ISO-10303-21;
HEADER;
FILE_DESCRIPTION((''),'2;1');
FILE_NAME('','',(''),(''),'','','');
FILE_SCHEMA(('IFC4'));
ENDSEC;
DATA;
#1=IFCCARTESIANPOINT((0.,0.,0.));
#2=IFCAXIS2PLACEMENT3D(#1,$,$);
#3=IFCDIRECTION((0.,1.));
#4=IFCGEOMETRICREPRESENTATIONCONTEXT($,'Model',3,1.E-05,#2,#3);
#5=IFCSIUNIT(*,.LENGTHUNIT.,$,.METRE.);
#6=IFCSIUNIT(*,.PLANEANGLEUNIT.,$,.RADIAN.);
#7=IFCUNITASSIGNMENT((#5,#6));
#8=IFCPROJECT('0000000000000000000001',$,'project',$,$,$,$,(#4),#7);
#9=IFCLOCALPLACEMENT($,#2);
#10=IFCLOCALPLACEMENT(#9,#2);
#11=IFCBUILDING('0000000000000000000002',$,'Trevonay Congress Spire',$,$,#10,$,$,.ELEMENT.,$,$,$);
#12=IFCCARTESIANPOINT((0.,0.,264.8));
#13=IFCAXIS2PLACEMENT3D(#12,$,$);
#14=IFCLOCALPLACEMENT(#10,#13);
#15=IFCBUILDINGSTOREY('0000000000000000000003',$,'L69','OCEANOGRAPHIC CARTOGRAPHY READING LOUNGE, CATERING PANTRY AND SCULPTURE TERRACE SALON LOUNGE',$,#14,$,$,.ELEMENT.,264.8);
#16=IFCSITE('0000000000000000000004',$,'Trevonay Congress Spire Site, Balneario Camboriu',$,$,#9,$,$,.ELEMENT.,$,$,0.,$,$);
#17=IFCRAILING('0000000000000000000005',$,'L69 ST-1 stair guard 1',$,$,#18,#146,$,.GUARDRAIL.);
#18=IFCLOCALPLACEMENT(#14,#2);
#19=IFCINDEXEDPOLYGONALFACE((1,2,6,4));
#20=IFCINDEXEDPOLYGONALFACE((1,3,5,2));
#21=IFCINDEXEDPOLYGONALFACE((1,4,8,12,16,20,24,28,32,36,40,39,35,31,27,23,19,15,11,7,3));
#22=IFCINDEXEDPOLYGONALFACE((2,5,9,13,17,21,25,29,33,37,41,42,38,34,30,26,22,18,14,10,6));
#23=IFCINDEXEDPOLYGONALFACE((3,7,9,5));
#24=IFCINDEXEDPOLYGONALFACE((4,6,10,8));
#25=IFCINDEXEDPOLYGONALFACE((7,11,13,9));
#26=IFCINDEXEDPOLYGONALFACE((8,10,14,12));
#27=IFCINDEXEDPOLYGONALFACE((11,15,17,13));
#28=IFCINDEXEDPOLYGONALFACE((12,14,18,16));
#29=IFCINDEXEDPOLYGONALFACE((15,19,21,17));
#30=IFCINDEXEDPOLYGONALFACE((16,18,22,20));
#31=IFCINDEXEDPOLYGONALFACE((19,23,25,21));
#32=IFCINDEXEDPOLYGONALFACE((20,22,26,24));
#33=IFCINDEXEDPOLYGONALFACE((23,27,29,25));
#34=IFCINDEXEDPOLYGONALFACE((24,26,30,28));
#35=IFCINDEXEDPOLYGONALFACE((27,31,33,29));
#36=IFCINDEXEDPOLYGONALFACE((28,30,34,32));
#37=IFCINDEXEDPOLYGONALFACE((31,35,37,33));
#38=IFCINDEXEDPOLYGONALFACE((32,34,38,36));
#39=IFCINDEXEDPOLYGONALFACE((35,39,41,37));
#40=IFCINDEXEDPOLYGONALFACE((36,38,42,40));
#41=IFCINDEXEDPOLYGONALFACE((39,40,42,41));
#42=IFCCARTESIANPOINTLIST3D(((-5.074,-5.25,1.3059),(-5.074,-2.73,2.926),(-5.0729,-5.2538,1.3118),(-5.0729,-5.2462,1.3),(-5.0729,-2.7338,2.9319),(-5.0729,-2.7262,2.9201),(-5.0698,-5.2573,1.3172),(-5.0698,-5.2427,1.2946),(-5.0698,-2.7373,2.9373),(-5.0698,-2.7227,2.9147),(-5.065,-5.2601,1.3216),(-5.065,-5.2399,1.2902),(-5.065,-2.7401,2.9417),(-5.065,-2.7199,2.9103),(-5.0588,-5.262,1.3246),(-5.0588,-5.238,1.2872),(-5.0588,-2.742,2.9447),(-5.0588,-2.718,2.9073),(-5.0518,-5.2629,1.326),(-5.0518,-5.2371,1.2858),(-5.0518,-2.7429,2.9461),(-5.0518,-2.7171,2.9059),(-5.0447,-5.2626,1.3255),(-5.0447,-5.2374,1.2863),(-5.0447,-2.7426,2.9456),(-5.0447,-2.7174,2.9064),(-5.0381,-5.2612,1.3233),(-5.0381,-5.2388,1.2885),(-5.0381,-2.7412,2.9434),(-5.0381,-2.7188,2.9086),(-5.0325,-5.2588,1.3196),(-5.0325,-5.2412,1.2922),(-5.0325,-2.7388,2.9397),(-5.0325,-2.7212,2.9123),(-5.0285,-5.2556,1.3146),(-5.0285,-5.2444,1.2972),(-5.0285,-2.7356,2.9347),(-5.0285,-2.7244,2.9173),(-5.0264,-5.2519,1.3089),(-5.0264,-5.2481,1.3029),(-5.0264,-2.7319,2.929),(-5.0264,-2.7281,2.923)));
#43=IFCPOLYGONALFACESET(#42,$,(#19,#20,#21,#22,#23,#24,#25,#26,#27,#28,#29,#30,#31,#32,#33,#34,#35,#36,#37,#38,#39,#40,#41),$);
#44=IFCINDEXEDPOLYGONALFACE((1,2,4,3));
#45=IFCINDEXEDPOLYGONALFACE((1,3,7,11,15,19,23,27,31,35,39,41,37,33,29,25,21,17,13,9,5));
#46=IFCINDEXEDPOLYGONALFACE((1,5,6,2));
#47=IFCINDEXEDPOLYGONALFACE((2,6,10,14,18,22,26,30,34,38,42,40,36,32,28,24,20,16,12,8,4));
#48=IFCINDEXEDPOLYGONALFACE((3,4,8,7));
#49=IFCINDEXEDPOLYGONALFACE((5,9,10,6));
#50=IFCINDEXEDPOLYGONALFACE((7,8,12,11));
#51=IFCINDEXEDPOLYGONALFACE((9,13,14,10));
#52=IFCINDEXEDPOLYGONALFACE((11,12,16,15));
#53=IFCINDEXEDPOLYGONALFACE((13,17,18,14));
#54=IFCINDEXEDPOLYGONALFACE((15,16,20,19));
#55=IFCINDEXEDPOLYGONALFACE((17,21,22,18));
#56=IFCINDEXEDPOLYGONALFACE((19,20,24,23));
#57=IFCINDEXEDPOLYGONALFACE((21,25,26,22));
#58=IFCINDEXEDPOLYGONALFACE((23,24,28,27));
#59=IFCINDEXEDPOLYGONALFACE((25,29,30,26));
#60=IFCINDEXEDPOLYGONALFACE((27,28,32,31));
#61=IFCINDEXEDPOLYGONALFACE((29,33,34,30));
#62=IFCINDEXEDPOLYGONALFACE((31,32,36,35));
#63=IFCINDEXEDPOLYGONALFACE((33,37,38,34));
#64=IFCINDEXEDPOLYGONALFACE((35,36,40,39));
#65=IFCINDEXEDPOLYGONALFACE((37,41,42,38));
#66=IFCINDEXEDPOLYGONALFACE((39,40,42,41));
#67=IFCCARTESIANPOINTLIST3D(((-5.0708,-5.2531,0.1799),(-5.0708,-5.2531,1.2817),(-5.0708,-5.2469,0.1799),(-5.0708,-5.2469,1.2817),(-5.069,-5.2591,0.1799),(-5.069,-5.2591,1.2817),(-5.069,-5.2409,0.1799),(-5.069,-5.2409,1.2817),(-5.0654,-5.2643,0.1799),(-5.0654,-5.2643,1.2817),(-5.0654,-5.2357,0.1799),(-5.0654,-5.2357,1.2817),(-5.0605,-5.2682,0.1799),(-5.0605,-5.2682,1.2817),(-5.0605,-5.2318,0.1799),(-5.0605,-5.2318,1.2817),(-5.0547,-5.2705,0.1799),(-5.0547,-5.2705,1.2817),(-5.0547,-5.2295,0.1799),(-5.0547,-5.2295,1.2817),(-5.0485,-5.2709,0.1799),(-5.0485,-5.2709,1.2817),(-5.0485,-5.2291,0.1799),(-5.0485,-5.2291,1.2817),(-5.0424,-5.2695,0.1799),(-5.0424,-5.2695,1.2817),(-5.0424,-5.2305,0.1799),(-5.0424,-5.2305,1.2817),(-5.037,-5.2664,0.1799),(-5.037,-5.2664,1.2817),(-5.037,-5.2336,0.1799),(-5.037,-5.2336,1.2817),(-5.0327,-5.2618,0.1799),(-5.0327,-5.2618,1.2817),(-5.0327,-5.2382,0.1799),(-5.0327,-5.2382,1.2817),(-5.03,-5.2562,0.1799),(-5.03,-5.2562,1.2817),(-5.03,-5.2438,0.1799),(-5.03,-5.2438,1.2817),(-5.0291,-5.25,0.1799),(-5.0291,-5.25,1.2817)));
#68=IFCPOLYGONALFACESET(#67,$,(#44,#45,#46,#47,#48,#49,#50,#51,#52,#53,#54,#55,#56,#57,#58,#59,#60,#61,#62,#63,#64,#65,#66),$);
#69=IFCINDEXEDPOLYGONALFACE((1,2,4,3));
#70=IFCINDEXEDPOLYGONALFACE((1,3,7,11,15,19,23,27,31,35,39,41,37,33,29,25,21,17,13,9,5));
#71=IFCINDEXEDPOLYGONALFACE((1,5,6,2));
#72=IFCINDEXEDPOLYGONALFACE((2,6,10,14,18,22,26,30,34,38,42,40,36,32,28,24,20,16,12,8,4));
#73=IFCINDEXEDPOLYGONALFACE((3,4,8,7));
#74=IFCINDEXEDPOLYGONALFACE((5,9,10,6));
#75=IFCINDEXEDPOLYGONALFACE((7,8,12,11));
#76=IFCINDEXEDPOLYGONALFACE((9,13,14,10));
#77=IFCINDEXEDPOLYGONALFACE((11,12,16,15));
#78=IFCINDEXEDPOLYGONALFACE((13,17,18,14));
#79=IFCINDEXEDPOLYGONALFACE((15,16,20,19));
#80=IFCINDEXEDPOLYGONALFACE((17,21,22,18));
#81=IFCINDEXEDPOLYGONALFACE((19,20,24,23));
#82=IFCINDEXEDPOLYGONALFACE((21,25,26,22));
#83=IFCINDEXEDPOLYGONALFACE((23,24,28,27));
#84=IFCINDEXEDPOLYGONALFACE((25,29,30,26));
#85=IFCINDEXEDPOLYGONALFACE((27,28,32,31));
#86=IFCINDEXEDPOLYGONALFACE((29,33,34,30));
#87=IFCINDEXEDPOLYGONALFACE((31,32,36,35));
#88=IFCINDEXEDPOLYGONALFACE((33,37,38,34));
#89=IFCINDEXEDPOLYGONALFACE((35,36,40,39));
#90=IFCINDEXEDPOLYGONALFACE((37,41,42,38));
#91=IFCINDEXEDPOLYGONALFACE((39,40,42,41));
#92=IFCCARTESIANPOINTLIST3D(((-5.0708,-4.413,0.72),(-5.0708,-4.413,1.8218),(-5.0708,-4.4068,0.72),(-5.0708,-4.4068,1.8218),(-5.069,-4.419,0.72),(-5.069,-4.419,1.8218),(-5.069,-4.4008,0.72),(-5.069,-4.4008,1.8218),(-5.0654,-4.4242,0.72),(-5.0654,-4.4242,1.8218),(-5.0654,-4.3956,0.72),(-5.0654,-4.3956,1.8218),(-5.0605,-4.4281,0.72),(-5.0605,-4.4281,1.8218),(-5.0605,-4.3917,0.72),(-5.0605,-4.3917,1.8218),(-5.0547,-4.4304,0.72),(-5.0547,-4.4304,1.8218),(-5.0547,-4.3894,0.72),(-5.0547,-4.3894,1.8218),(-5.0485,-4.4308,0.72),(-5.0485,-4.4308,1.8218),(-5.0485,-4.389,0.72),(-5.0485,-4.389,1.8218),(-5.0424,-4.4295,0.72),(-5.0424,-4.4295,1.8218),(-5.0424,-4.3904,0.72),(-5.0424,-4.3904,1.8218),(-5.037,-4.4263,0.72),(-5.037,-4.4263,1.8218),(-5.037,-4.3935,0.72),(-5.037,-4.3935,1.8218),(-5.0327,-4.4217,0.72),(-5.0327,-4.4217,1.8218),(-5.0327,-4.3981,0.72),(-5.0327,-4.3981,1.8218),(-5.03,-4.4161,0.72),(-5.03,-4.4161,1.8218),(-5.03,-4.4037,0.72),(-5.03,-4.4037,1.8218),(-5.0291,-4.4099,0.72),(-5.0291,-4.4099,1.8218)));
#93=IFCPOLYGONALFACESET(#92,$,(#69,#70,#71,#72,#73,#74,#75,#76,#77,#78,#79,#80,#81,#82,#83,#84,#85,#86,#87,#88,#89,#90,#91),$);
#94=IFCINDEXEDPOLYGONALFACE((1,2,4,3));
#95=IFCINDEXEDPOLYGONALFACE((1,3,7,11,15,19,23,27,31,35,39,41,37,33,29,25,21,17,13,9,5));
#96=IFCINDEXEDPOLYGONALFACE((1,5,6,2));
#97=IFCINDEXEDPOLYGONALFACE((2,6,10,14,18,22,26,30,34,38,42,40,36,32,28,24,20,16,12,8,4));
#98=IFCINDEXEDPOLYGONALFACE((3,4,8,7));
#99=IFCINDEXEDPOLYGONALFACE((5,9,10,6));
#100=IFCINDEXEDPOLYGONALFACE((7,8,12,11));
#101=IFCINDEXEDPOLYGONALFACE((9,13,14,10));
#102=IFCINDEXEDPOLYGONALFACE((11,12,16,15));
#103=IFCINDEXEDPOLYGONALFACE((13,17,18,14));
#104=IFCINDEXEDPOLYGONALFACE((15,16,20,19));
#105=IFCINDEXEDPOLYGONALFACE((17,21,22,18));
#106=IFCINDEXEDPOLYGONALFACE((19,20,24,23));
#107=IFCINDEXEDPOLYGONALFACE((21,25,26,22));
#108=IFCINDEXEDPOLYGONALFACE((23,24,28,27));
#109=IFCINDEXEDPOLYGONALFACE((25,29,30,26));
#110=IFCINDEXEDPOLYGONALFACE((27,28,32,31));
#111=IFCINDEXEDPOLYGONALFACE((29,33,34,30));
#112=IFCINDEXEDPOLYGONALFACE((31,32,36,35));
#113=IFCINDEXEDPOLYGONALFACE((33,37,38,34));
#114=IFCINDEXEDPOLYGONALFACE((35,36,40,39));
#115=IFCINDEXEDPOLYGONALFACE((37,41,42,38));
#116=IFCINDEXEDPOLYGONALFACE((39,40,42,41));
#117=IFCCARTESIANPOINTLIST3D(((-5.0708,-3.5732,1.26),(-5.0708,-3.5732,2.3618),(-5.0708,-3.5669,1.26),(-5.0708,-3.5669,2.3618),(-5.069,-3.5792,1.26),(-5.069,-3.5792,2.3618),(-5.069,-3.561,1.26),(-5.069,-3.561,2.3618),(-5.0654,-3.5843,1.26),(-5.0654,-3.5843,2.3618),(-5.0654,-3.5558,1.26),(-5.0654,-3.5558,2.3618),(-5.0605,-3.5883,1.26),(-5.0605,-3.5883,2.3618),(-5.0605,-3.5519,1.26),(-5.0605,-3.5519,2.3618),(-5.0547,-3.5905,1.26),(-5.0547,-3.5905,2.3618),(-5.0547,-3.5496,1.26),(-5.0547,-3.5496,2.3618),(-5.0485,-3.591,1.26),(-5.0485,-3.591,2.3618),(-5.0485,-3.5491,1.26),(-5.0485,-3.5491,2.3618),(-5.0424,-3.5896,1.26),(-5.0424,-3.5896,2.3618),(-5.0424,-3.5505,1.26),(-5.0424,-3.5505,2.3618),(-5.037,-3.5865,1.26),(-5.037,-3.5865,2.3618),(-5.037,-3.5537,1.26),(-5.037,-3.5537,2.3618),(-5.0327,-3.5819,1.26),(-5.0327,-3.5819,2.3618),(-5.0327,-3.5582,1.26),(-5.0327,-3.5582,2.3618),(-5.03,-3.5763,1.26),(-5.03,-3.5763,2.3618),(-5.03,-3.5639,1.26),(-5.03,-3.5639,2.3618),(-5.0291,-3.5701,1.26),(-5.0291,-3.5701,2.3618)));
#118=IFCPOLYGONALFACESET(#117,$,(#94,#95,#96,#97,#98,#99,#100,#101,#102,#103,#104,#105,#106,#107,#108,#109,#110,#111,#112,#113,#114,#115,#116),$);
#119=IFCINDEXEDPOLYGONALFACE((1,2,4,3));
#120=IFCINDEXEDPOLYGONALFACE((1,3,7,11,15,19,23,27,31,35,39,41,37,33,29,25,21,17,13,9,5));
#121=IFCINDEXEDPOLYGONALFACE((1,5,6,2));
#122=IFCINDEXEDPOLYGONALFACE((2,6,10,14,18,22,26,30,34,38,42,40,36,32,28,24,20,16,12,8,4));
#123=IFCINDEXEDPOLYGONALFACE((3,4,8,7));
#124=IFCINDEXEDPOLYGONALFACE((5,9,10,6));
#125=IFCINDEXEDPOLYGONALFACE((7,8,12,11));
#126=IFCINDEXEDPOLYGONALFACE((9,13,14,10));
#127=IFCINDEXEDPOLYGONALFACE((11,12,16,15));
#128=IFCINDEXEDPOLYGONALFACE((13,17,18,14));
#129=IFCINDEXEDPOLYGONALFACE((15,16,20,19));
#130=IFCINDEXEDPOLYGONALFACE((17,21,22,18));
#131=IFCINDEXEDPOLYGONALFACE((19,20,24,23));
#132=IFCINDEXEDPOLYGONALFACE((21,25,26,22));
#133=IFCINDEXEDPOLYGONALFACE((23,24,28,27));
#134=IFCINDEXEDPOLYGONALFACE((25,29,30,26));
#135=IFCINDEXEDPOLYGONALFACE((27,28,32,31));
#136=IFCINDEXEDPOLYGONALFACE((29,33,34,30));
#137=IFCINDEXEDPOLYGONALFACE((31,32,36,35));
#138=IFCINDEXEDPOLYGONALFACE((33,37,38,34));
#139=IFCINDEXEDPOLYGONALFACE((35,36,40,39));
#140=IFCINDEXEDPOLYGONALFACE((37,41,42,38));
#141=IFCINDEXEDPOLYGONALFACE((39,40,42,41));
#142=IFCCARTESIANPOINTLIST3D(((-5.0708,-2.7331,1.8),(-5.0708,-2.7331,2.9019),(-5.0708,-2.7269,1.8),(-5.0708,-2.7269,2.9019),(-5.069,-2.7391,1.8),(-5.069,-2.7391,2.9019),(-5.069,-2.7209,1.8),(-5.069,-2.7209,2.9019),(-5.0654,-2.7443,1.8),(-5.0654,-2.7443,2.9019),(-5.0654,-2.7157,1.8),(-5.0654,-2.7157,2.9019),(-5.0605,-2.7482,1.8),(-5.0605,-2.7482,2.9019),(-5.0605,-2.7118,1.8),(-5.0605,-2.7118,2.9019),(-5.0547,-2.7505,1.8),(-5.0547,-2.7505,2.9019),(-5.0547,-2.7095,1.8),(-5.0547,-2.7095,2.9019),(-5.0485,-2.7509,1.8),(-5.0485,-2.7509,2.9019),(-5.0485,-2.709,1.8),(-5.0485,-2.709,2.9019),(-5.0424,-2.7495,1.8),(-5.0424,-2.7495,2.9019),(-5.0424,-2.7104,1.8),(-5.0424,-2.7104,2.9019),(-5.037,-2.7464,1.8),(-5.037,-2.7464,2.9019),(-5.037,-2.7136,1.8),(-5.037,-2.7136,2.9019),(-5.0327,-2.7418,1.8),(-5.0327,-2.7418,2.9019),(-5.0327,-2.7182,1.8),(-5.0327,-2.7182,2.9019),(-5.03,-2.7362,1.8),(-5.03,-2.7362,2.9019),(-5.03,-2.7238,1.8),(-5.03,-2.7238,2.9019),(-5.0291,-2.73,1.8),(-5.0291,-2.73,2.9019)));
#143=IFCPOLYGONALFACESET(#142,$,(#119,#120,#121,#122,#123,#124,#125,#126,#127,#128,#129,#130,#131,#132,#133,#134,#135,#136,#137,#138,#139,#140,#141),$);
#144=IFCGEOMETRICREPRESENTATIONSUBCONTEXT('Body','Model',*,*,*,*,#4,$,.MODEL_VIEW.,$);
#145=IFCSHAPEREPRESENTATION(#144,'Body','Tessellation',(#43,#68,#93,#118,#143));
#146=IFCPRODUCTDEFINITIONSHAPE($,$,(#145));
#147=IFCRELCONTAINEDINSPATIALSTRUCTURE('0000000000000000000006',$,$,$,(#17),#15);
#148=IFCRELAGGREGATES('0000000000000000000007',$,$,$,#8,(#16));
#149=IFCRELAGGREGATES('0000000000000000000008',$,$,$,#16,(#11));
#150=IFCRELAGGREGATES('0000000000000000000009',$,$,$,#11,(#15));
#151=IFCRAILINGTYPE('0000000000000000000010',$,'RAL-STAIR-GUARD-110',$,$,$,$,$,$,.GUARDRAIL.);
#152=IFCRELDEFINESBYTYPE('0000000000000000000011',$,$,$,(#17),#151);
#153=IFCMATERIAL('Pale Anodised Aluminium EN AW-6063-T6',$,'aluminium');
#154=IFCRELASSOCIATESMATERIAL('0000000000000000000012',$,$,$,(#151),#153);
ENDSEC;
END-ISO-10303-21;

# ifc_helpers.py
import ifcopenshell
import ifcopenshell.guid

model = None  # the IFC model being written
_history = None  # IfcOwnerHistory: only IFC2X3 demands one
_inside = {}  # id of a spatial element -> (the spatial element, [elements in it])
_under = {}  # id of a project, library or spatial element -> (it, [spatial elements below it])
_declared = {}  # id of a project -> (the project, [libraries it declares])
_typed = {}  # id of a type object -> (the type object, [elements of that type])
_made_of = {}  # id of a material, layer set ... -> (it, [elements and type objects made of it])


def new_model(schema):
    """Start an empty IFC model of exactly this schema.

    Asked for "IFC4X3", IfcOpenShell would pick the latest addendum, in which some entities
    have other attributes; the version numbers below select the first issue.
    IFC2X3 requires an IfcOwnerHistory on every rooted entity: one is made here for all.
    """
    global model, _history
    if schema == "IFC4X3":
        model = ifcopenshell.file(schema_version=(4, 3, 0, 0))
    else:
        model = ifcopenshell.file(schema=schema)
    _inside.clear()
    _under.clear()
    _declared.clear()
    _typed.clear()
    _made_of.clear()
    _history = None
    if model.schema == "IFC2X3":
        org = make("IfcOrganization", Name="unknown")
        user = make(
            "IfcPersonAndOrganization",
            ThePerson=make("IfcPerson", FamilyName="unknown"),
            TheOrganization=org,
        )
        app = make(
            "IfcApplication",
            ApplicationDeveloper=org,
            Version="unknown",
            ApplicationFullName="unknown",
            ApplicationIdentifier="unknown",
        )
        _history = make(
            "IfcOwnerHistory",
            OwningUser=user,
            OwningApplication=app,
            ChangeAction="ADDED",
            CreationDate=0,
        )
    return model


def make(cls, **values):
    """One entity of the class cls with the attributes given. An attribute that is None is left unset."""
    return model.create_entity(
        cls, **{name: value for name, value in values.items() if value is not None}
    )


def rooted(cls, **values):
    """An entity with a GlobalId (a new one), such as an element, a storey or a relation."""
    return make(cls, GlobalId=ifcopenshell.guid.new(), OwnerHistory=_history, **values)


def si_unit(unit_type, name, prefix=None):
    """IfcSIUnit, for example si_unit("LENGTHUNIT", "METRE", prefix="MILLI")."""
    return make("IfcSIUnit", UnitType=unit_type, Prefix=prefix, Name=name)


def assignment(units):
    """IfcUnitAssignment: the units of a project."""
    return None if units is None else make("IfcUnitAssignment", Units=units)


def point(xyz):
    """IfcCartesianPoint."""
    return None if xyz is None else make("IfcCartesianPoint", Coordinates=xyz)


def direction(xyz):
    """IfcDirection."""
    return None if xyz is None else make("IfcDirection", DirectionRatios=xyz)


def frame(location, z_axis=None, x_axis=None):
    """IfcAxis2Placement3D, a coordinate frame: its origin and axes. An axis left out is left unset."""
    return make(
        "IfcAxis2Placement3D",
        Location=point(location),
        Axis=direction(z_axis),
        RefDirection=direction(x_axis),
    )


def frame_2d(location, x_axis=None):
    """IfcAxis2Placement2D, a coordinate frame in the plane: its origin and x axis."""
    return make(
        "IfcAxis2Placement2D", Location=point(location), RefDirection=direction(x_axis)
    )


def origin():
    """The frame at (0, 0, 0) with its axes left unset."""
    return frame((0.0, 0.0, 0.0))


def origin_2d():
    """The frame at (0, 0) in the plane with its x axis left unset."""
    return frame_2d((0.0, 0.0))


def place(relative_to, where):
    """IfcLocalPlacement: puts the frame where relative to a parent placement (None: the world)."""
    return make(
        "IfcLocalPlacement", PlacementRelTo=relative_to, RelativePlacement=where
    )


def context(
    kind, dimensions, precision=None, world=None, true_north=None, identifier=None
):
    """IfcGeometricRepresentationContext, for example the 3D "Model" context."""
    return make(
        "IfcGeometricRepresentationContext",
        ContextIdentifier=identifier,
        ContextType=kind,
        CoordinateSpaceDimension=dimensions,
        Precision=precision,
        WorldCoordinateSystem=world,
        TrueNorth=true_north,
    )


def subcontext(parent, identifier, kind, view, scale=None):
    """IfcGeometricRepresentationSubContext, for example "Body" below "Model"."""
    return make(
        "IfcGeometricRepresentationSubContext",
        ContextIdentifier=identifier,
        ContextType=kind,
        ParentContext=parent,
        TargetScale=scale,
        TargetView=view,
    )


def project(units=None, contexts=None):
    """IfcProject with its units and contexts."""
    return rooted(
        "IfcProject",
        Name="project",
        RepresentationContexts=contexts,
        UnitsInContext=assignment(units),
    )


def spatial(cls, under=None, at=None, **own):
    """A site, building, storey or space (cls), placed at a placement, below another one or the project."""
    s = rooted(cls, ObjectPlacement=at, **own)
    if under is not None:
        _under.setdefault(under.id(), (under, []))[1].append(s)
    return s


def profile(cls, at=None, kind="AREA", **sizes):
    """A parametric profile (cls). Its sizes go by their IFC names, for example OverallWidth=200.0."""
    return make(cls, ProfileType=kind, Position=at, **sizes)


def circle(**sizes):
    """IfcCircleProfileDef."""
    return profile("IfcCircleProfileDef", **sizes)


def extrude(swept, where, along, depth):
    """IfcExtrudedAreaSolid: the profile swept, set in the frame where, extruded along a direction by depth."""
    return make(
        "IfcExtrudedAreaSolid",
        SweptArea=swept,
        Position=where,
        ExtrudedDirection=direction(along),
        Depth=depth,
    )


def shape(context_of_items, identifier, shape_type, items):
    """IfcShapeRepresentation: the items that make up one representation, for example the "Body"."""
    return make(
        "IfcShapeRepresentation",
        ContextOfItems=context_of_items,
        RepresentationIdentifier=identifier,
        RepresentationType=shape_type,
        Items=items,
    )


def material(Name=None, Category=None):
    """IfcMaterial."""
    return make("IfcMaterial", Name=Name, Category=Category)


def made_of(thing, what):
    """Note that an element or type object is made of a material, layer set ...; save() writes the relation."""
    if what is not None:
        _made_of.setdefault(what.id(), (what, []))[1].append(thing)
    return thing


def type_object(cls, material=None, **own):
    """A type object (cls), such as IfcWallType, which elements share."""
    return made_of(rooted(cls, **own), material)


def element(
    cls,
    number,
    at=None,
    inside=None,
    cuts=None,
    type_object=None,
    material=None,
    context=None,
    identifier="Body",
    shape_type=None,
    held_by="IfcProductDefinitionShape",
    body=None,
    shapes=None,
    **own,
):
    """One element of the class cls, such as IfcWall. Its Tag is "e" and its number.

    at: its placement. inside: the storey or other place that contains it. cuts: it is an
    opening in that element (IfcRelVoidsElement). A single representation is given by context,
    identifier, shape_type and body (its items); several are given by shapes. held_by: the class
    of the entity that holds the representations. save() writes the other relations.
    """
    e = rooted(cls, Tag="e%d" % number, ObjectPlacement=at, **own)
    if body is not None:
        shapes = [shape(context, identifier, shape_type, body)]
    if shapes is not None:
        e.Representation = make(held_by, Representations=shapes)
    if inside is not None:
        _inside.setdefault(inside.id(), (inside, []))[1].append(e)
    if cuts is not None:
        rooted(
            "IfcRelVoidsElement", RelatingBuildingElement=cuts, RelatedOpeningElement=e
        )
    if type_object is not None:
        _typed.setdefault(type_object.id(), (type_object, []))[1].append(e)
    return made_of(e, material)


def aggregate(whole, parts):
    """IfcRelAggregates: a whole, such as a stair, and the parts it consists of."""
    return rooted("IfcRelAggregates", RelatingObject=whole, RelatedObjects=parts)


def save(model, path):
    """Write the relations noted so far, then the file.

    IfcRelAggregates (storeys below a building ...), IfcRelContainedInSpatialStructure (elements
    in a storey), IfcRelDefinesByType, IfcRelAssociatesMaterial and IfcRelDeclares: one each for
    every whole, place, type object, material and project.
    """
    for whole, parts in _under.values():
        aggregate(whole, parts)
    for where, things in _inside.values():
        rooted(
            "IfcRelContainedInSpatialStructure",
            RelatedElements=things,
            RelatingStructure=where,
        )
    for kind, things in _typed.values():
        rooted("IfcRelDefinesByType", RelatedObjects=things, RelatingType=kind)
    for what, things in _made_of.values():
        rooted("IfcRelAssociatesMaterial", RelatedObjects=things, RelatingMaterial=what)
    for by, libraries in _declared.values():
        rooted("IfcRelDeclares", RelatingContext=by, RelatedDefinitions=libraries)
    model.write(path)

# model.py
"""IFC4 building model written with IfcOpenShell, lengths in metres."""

from ifc_helpers import new_model, si_unit, direction, frame, origin, origin_2d, place, context, subcontext, project, spatial, circle, extrude, material, type_object, element, save


model = new_model("IFC4")

# Units and contexts
model_context = context("Model", 3, precision=1e-05, world=origin(), true_north=direction((0.0, 1.0)))
body_context = subcontext(model_context, "Body", "Model", "MODEL_VIEW")
ifc_project = project(units=[si_unit("LENGTHUNIT", "METRE"), si_unit("PLANEANGLEUNIT", "RADIAN")], contexts=[model_context])

# Site, building, storey
site_placement = place(None, origin())
site = spatial("IfcSite", under=ifc_project, at=site_placement, Name="Trevonay Congress Spire Site, Balneario Camboriu", CompositionType="ELEMENT", RefElevation=0.0)
building_placement = place(site_placement, origin())
building = spatial("IfcBuilding", under=site, at=building_placement, Name="Trevonay Congress Spire", CompositionType="ELEMENT")
storey_placement = place(building_placement, frame((0.0, 0.0, 264.8)))
storey = spatial("IfcBuildingStorey", under=building, at=storey_placement, Name="L69", Description="OCEANOGRAPHIC CARTOGRAPHY READING LOUNGE, CATERING PANTRY AND SCULPTURE TERRACE SALON LOUNGE", CompositionType="ELEMENT", Elevation=264.8)

# Railing
ifc_material_1 = material(Name="Pale Anodised Aluminium EN AW-6063-T6", Category="aluminium")
railing_type_1 = type_object("IfcRailingType", Name="RAL-STAIR-GUARD-110", PredefinedType="GUARDRAIL", material=ifc_material_1)
railing_1_placement = place(storey_placement, frame((-5.05, -5.25, 0.1799)))
element("IfcRailing", 1, at=railing_1_placement, inside=storey, type_object=railing_type_1, Name="L69 ST-1 stair guard 1", PredefinedType="GUARDRAIL", context=body_context, shape_type="SweptSolid", body=[
    extrude(circle(Radius=0.0239, at=origin_2d()), frame((0.0, 0.0, 1.126), z_axis=(0.0, 0.841163, 0.540782), x_axis=(-1.0, 0.0, 0.0)), (0.0, 0.0, 1.0), 2.9958),
    extrude(circle(Radius=0.021, at=origin_2d()), origin(), (0.0, 0.0, 1.0), 1.1018),
    extrude(circle(Radius=0.021, at=origin_2d()), frame((0.0, 0.8401, 0.54)), (0.0, 0.0, 1.0), 1.1018),
    extrude(circle(Radius=0.021, at=origin_2d()), frame((0.0, 1.6799, 1.0801)), (0.0, 0.0, 1.0), 1.1018),
    extrude(circle(Radius=0.021, at=origin_2d()), frame((0.0, 2.52, 1.6201)), (0.0, 0.0, 1.0), 1.1018),
])

save(model, "model.ifc")
